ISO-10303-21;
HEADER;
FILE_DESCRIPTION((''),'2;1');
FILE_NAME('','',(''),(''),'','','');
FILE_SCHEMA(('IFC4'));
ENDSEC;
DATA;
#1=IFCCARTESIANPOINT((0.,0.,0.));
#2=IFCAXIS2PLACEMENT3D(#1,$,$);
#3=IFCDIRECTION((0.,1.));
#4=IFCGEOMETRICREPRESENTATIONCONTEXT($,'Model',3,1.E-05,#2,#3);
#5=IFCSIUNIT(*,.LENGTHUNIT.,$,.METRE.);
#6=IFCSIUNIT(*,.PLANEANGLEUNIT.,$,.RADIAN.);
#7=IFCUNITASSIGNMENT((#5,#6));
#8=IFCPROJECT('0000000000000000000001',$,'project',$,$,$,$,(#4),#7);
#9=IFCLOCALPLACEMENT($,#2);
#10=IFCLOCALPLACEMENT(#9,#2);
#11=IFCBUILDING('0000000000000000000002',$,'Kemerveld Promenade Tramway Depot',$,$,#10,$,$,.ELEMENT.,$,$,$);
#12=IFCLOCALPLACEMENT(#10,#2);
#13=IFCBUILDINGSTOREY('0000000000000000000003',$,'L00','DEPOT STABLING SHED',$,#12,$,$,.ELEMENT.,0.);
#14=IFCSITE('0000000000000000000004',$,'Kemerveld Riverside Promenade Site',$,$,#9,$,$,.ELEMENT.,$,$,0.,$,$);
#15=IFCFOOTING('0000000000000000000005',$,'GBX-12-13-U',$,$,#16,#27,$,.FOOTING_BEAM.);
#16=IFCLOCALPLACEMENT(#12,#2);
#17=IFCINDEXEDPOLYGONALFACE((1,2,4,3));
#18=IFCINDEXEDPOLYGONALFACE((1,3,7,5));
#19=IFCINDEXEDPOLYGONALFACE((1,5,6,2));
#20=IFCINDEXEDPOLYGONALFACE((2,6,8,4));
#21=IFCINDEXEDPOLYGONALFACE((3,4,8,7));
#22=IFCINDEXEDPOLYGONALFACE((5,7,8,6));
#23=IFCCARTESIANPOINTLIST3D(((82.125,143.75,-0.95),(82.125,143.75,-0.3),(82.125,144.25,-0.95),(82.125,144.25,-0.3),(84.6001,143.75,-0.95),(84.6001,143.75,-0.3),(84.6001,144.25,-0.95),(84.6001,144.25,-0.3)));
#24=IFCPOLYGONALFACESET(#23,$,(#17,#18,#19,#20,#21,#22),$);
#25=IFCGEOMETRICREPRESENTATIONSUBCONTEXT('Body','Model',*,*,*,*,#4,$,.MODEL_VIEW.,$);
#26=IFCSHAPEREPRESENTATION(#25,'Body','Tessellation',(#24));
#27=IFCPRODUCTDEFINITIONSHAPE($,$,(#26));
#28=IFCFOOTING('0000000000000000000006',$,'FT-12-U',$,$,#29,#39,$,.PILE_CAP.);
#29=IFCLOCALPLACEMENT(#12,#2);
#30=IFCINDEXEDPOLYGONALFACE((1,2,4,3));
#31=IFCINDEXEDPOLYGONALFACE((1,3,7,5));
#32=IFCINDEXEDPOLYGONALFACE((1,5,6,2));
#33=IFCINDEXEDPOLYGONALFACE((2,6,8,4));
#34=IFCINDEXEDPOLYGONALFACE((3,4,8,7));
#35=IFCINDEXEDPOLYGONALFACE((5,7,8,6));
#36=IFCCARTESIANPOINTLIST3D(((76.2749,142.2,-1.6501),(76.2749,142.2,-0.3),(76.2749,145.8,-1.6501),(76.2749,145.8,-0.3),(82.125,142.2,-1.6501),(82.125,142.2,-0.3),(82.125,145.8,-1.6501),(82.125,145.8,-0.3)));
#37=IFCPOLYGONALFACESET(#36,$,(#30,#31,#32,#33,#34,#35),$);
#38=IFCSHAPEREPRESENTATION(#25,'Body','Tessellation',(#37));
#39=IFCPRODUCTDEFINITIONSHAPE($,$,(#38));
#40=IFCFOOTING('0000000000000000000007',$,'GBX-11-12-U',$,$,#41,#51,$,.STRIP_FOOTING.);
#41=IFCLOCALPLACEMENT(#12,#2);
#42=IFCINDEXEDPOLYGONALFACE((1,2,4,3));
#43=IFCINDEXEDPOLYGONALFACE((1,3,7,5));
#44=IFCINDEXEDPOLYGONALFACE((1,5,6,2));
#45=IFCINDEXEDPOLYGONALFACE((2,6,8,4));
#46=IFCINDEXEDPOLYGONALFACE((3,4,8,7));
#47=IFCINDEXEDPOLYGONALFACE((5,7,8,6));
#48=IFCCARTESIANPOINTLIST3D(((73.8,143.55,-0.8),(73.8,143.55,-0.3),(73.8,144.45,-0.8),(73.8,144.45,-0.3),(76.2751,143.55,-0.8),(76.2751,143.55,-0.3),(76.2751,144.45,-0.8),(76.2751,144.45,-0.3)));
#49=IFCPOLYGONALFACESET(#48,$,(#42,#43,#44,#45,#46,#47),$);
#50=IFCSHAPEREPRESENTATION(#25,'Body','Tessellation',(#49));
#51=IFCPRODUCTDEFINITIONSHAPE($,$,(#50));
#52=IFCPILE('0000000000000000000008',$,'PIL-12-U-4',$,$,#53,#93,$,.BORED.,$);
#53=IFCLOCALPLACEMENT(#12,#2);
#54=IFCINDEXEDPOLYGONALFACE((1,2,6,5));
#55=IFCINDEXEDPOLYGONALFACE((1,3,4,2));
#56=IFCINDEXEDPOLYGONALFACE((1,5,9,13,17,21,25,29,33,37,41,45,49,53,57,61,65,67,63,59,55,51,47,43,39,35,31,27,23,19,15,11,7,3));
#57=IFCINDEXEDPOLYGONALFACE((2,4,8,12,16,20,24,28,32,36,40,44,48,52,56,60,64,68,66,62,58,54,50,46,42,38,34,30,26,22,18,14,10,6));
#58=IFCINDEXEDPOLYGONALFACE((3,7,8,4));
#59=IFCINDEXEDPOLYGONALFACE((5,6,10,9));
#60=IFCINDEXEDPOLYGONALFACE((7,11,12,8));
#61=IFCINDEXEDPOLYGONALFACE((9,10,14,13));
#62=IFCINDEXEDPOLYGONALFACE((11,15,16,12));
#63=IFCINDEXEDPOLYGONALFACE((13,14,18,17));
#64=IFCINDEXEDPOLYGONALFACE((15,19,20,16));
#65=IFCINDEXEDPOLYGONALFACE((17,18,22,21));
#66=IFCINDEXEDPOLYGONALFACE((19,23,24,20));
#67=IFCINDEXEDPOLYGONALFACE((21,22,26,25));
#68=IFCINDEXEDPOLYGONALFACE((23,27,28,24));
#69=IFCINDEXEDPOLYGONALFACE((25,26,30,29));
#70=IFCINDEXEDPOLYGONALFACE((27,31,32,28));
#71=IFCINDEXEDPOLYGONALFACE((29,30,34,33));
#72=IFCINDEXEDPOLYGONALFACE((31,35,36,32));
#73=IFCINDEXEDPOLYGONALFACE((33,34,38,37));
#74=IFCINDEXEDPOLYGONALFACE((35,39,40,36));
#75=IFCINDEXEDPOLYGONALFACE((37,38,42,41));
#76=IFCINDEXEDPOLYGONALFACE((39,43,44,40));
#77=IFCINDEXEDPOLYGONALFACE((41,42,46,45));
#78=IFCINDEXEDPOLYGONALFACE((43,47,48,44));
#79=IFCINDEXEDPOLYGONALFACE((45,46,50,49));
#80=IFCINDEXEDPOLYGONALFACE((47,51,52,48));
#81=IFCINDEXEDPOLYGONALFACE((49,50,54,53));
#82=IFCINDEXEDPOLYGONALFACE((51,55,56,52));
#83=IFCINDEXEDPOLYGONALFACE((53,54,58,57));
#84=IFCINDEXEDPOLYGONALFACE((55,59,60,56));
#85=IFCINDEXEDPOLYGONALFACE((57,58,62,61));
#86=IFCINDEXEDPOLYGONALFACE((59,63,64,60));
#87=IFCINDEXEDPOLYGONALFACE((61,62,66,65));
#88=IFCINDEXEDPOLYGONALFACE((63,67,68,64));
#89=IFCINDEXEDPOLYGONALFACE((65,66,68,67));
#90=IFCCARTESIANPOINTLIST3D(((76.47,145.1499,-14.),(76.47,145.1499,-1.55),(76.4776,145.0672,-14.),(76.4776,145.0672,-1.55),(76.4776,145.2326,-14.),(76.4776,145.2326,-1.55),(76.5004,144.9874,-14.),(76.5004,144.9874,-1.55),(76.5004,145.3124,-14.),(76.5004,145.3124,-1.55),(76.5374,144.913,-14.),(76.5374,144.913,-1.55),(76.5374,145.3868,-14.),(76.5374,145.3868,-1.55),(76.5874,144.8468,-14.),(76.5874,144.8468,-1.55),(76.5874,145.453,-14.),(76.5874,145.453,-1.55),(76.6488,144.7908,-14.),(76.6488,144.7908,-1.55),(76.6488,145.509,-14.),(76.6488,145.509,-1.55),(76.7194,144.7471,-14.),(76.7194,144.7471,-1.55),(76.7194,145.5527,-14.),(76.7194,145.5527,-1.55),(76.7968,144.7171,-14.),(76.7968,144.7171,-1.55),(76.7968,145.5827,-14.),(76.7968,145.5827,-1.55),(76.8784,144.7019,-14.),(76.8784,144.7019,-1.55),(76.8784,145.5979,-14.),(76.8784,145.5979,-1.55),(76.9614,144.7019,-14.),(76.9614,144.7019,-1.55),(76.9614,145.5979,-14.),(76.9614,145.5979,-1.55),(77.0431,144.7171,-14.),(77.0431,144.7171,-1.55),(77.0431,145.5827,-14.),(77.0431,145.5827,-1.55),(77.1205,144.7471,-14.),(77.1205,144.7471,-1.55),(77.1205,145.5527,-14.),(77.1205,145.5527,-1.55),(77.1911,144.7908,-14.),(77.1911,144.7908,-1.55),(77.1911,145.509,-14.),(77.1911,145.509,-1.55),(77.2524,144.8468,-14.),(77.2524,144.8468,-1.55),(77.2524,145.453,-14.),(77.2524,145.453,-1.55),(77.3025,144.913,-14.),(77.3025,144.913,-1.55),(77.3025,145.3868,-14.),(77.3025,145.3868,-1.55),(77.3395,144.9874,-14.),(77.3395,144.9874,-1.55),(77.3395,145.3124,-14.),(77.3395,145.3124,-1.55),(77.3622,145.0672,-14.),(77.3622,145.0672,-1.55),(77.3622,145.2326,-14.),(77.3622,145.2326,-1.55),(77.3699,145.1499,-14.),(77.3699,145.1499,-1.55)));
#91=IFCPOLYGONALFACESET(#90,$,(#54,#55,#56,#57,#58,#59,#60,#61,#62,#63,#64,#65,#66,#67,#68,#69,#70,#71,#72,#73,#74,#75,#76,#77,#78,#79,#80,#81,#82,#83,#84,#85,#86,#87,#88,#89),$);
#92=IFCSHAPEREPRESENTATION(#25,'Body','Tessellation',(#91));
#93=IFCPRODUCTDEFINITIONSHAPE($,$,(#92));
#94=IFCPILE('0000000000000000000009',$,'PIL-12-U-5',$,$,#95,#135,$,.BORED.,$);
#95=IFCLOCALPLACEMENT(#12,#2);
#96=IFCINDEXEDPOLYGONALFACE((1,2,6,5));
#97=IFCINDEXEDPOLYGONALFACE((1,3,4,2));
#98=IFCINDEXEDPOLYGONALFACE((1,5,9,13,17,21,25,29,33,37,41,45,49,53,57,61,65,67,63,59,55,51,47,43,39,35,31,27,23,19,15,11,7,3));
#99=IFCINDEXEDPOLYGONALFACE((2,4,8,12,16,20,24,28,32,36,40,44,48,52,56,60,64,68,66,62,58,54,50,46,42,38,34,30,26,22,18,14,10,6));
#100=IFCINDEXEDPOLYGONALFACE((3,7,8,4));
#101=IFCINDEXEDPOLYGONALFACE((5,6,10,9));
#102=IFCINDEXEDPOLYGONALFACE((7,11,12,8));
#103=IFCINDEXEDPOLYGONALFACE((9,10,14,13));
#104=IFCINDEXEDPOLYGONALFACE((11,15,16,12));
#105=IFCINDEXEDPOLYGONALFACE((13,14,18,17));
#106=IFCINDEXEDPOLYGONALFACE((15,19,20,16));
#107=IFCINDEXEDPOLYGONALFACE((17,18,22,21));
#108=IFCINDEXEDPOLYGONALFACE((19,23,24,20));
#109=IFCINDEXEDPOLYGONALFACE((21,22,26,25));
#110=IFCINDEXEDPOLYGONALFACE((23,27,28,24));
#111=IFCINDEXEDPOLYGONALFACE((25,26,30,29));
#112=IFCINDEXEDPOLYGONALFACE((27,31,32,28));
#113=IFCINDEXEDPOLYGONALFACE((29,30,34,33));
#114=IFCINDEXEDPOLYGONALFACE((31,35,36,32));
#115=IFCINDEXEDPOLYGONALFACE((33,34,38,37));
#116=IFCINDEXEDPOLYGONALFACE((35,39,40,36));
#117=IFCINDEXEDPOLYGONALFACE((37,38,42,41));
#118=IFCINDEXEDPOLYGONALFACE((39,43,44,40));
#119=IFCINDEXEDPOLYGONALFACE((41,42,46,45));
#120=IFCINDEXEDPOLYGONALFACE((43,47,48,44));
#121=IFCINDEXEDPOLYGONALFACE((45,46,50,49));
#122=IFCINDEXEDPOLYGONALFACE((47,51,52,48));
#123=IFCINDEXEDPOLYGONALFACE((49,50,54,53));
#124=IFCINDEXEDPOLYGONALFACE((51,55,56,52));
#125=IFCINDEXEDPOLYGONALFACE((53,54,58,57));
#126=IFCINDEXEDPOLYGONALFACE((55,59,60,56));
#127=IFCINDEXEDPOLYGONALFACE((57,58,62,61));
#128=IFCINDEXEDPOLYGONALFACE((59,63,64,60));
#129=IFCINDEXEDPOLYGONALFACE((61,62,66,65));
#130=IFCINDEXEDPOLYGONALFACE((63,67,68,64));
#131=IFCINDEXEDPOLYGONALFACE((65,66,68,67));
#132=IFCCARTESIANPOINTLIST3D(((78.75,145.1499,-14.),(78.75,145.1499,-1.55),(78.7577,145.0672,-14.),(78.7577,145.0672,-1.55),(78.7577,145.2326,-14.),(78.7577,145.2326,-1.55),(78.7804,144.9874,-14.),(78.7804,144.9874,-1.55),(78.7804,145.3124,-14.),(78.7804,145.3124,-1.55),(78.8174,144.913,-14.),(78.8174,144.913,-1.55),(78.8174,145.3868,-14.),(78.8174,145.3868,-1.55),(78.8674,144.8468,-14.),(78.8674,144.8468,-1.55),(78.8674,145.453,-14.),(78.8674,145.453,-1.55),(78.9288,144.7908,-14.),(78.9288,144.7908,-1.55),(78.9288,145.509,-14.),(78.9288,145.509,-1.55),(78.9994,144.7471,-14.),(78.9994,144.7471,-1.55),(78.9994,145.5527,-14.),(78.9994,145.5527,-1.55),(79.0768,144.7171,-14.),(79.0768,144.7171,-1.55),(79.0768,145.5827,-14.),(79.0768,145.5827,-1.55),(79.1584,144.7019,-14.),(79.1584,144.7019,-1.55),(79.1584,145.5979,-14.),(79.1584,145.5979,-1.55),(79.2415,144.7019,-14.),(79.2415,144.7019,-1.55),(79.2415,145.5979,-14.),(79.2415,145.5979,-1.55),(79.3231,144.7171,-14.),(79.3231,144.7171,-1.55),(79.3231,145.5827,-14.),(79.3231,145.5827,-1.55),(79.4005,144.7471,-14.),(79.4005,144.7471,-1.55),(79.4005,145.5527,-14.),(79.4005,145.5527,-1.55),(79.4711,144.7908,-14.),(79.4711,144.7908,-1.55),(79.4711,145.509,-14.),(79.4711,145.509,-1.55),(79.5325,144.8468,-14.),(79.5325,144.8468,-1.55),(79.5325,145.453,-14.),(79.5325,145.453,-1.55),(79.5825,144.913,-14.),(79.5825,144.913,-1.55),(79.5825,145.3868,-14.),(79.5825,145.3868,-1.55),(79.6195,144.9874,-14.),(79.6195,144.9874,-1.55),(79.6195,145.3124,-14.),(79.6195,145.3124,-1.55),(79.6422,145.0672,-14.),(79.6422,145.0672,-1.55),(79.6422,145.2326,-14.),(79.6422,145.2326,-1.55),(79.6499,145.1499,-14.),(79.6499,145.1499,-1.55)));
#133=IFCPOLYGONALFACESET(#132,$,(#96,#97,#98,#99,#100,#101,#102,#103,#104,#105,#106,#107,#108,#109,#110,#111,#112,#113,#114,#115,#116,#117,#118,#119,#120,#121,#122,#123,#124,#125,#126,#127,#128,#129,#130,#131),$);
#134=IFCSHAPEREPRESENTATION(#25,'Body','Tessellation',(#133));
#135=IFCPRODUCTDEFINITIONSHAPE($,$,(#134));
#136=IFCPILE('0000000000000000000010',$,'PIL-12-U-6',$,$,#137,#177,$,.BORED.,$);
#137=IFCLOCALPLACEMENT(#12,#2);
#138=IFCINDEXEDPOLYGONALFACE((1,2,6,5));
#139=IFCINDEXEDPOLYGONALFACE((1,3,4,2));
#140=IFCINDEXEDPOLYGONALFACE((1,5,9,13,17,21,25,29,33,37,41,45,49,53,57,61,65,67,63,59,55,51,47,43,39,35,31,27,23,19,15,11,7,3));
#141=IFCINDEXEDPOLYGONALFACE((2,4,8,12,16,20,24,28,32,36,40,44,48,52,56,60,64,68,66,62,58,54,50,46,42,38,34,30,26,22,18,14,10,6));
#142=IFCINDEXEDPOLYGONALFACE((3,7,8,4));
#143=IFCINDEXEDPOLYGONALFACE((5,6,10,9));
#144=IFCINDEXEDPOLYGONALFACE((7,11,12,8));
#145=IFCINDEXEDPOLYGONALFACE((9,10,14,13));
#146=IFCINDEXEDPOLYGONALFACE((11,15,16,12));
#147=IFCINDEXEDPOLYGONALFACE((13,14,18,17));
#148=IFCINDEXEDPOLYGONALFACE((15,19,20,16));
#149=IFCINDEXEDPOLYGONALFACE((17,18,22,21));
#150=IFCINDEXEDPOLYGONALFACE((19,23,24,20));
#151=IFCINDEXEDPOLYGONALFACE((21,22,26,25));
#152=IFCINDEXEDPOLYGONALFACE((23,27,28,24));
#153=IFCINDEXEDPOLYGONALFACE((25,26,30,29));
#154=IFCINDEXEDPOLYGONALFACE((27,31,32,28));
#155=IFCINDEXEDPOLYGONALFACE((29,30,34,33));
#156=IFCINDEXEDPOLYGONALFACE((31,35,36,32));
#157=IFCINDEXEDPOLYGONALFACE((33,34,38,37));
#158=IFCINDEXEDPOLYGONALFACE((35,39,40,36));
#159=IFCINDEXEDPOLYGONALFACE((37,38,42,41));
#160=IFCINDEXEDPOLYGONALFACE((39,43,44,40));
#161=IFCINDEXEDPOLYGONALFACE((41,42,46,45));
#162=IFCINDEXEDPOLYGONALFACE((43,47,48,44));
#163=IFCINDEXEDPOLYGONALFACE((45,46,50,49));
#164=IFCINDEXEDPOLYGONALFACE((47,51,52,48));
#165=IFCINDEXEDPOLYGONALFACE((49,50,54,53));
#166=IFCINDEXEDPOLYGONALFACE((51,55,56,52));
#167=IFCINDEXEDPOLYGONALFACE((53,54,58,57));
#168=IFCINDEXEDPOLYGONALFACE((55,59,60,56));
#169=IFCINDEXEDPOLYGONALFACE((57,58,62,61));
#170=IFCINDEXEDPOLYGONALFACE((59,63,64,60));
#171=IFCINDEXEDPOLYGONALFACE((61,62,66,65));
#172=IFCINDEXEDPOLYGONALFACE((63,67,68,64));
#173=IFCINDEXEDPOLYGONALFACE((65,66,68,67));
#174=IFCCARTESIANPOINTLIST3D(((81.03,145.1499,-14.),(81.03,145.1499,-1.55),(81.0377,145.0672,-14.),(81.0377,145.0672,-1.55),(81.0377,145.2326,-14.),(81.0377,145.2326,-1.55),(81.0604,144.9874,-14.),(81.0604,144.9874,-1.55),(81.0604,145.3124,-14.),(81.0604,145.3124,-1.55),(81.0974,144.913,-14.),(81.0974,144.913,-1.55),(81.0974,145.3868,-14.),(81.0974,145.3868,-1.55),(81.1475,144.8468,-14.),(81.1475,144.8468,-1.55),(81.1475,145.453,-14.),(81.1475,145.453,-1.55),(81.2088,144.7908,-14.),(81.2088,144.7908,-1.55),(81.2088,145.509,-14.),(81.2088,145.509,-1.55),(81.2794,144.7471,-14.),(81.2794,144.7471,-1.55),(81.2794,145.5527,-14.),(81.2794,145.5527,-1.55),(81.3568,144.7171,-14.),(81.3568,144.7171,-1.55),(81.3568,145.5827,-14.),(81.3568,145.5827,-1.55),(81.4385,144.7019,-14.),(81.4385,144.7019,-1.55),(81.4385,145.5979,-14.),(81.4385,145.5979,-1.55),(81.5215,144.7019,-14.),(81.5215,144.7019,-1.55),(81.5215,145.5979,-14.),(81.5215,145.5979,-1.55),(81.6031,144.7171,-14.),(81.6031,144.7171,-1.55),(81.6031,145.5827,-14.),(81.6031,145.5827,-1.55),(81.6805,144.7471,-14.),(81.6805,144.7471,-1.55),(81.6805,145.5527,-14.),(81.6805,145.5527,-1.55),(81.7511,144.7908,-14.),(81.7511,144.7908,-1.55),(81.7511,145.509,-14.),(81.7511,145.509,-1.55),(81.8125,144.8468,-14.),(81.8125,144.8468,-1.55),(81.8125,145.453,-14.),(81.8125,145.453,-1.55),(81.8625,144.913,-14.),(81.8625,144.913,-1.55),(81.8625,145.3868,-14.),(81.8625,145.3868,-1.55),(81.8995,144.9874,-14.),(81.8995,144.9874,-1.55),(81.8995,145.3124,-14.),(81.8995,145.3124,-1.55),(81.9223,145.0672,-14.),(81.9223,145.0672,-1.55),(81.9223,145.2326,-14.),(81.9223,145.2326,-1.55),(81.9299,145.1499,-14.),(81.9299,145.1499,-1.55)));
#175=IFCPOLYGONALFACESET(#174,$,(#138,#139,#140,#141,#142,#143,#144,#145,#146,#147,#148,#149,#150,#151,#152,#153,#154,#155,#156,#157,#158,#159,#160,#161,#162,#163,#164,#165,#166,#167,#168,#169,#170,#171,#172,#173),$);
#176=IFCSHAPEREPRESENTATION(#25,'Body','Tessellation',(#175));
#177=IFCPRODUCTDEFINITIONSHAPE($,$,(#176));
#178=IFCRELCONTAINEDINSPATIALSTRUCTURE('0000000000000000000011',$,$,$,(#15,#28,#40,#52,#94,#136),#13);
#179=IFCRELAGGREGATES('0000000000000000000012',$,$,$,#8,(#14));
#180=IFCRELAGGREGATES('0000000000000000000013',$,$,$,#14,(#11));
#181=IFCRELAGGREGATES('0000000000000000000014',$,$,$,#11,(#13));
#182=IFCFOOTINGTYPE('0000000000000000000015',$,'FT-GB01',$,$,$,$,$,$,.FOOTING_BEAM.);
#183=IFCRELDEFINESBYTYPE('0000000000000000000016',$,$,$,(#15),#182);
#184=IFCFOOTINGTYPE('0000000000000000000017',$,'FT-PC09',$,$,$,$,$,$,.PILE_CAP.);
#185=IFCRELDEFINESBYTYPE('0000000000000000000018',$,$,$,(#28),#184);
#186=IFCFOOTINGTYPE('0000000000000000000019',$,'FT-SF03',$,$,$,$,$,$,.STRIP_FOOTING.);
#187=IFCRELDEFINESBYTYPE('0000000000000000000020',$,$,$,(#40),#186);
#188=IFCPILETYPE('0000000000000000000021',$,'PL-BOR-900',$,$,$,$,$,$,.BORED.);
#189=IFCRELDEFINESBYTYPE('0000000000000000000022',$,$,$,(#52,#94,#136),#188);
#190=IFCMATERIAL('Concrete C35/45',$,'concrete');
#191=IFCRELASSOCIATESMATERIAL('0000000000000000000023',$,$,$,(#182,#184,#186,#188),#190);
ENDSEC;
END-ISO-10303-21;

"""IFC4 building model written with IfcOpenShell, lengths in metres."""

from ifc_helpers import new_model, si_unit, direction, frame, origin, origin_2d, place, context, subcontext, project, spatial, rectangle, circle, extrude, material, material_profile, profile_set, type_object, element, save


model = new_model("IFC4")

# Units and contexts
model_context = context("Model", 3, precision=1e-05, world=origin(), true_north=direction((0.0, 1.0)))
body_context = subcontext(model_context, "Body", "Model", "MODEL_VIEW")
ifc_project = project(units=[si_unit("LENGTHUNIT", "METRE"), si_unit("PLANEANGLEUNIT", "RADIAN")], contexts=[model_context])

# Site, building, storey
site_placement = place(None, origin())
site = spatial("IfcSite", under=ifc_project, at=site_placement, Name="Kemerveld Riverside Promenade Site", CompositionType="ELEMENT", RefElevation=0.0)
building_placement = place(site_placement, origin())
building = spatial("IfcBuilding", under=site, at=building_placement, Name="Kemerveld Promenade Tramway Depot", CompositionType="ELEMENT")
storey_placement = place(building_placement, origin())
storey = spatial("IfcBuildingStorey", under=building, at=storey_placement, Name="L00", Description="DEPOT STABLING SHED", CompositionType="ELEMENT", Elevation=0.0)

# Footings
ifc_material_1 = material(Name="Concrete C35/45", Category="concrete")
footing_type_1 = type_object("IfcFootingType", Name="FT-GB01", PredefinedType="FOOTING_BEAM", material=ifc_material_1)
footing_1_placement = place(storey_placement, frame((83.3625, 144.0, -0.95), z_axis=(0.0, 0.0, 1.0), x_axis=(1.0, 0.0, 0.0)))
element("IfcFooting", 1, at=footing_1_placement, inside=storey, type_object=footing_type_1, Name="GBX-12-13-U", PredefinedType="FOOTING_BEAM", context=body_context, shape_type="SweptSolid", body=[
    extrude(rectangle(XDim=2.4751, YDim=0.5, at=origin_2d()), origin(), (0.0, 0.0, 1.0), 0.6499),
])
footing_type_2 = type_object("IfcFootingType", Name="FT-PC09", PredefinedType="PILE_CAP", material=ifc_material_1)
footing_2_placement = place(storey_placement, frame((79.2, 144.0, -1.6501), z_axis=(0.0, 0.0, 1.0), x_axis=(1.0, 0.0, 0.0)))
element("IfcFooting", 2, at=footing_2_placement, inside=storey, type_object=footing_type_2, Name="FT-12-U", PredefinedType="PILE_CAP", context=body_context, shape_type="SweptSolid", body=[
    extrude(rectangle(XDim=5.8501, YDim=3.6001, at=origin_2d()), origin(), (0.0, 0.0, 1.0), 1.3501),
])
footing_type_3 = type_object("IfcFootingType", Name="FT-SF03", PredefinedType="STRIP_FOOTING", material=ifc_material_1)
footing_3_placement = place(storey_placement, frame((75.0376, 144.0, -0.8), z_axis=(0.0, 0.0, 1.0), x_axis=(1.0, 0.0, 0.0)))
element("IfcFooting", 3, at=footing_3_placement, inside=storey, type_object=footing_type_3, Name="GBX-11-12-U", PredefinedType="STRIP_FOOTING", context=body_context, shape_type="SweptSolid", body=[
    extrude(rectangle(XDim=2.4751, YDim=0.8999, at=origin_2d()), origin(), (0.0, 0.0, 1.0), 0.5),
])

# Piles
ifc_material_profile_1 = material_profile(ifc_material_1, circle(Radius=0.45, at=origin_2d()), Name="PILE-D900")
ifc_profile_set_1 = profile_set([ifc_material_profile_1], Name="Concrete C35/45")
pile_type = type_object("IfcPileType", Name="PL-BOR-900", PredefinedType="BORED", material=ifc_profile_set_1)
for number, where, z_axis, x_axis, name in (
    (4, (76.9199, 145.1499, -1.55), (0.0, 0.0, -1.0), (1.0, 0.0, 0.0), "PIL-12-U-4"),
    (5, (79.2, 145.1499, -1.55), (0.0, 0.0, -1.0), (1.0, 0.0, 0.0), "PIL-12-U-5"),
    (6, (81.48, 145.1499, -1.55), (0.0, 0.0, -1.0), (1.0, 0.0, 0.0), "PIL-12-U-6"),
):
    element("IfcPile", number, at=place(storey_placement, frame(where, z_axis=z_axis, x_axis=x_axis)), inside=storey, type_object=pile_type, Name=name, PredefinedType="BORED", context=body_context, shape_type="SweptSolid", body=[
        extrude(circle(Radius=0.45, at=origin_2d()), origin(), (0.0, 0.0, 1.0), 12.45),
    ])

save(model, "model.ifc")
